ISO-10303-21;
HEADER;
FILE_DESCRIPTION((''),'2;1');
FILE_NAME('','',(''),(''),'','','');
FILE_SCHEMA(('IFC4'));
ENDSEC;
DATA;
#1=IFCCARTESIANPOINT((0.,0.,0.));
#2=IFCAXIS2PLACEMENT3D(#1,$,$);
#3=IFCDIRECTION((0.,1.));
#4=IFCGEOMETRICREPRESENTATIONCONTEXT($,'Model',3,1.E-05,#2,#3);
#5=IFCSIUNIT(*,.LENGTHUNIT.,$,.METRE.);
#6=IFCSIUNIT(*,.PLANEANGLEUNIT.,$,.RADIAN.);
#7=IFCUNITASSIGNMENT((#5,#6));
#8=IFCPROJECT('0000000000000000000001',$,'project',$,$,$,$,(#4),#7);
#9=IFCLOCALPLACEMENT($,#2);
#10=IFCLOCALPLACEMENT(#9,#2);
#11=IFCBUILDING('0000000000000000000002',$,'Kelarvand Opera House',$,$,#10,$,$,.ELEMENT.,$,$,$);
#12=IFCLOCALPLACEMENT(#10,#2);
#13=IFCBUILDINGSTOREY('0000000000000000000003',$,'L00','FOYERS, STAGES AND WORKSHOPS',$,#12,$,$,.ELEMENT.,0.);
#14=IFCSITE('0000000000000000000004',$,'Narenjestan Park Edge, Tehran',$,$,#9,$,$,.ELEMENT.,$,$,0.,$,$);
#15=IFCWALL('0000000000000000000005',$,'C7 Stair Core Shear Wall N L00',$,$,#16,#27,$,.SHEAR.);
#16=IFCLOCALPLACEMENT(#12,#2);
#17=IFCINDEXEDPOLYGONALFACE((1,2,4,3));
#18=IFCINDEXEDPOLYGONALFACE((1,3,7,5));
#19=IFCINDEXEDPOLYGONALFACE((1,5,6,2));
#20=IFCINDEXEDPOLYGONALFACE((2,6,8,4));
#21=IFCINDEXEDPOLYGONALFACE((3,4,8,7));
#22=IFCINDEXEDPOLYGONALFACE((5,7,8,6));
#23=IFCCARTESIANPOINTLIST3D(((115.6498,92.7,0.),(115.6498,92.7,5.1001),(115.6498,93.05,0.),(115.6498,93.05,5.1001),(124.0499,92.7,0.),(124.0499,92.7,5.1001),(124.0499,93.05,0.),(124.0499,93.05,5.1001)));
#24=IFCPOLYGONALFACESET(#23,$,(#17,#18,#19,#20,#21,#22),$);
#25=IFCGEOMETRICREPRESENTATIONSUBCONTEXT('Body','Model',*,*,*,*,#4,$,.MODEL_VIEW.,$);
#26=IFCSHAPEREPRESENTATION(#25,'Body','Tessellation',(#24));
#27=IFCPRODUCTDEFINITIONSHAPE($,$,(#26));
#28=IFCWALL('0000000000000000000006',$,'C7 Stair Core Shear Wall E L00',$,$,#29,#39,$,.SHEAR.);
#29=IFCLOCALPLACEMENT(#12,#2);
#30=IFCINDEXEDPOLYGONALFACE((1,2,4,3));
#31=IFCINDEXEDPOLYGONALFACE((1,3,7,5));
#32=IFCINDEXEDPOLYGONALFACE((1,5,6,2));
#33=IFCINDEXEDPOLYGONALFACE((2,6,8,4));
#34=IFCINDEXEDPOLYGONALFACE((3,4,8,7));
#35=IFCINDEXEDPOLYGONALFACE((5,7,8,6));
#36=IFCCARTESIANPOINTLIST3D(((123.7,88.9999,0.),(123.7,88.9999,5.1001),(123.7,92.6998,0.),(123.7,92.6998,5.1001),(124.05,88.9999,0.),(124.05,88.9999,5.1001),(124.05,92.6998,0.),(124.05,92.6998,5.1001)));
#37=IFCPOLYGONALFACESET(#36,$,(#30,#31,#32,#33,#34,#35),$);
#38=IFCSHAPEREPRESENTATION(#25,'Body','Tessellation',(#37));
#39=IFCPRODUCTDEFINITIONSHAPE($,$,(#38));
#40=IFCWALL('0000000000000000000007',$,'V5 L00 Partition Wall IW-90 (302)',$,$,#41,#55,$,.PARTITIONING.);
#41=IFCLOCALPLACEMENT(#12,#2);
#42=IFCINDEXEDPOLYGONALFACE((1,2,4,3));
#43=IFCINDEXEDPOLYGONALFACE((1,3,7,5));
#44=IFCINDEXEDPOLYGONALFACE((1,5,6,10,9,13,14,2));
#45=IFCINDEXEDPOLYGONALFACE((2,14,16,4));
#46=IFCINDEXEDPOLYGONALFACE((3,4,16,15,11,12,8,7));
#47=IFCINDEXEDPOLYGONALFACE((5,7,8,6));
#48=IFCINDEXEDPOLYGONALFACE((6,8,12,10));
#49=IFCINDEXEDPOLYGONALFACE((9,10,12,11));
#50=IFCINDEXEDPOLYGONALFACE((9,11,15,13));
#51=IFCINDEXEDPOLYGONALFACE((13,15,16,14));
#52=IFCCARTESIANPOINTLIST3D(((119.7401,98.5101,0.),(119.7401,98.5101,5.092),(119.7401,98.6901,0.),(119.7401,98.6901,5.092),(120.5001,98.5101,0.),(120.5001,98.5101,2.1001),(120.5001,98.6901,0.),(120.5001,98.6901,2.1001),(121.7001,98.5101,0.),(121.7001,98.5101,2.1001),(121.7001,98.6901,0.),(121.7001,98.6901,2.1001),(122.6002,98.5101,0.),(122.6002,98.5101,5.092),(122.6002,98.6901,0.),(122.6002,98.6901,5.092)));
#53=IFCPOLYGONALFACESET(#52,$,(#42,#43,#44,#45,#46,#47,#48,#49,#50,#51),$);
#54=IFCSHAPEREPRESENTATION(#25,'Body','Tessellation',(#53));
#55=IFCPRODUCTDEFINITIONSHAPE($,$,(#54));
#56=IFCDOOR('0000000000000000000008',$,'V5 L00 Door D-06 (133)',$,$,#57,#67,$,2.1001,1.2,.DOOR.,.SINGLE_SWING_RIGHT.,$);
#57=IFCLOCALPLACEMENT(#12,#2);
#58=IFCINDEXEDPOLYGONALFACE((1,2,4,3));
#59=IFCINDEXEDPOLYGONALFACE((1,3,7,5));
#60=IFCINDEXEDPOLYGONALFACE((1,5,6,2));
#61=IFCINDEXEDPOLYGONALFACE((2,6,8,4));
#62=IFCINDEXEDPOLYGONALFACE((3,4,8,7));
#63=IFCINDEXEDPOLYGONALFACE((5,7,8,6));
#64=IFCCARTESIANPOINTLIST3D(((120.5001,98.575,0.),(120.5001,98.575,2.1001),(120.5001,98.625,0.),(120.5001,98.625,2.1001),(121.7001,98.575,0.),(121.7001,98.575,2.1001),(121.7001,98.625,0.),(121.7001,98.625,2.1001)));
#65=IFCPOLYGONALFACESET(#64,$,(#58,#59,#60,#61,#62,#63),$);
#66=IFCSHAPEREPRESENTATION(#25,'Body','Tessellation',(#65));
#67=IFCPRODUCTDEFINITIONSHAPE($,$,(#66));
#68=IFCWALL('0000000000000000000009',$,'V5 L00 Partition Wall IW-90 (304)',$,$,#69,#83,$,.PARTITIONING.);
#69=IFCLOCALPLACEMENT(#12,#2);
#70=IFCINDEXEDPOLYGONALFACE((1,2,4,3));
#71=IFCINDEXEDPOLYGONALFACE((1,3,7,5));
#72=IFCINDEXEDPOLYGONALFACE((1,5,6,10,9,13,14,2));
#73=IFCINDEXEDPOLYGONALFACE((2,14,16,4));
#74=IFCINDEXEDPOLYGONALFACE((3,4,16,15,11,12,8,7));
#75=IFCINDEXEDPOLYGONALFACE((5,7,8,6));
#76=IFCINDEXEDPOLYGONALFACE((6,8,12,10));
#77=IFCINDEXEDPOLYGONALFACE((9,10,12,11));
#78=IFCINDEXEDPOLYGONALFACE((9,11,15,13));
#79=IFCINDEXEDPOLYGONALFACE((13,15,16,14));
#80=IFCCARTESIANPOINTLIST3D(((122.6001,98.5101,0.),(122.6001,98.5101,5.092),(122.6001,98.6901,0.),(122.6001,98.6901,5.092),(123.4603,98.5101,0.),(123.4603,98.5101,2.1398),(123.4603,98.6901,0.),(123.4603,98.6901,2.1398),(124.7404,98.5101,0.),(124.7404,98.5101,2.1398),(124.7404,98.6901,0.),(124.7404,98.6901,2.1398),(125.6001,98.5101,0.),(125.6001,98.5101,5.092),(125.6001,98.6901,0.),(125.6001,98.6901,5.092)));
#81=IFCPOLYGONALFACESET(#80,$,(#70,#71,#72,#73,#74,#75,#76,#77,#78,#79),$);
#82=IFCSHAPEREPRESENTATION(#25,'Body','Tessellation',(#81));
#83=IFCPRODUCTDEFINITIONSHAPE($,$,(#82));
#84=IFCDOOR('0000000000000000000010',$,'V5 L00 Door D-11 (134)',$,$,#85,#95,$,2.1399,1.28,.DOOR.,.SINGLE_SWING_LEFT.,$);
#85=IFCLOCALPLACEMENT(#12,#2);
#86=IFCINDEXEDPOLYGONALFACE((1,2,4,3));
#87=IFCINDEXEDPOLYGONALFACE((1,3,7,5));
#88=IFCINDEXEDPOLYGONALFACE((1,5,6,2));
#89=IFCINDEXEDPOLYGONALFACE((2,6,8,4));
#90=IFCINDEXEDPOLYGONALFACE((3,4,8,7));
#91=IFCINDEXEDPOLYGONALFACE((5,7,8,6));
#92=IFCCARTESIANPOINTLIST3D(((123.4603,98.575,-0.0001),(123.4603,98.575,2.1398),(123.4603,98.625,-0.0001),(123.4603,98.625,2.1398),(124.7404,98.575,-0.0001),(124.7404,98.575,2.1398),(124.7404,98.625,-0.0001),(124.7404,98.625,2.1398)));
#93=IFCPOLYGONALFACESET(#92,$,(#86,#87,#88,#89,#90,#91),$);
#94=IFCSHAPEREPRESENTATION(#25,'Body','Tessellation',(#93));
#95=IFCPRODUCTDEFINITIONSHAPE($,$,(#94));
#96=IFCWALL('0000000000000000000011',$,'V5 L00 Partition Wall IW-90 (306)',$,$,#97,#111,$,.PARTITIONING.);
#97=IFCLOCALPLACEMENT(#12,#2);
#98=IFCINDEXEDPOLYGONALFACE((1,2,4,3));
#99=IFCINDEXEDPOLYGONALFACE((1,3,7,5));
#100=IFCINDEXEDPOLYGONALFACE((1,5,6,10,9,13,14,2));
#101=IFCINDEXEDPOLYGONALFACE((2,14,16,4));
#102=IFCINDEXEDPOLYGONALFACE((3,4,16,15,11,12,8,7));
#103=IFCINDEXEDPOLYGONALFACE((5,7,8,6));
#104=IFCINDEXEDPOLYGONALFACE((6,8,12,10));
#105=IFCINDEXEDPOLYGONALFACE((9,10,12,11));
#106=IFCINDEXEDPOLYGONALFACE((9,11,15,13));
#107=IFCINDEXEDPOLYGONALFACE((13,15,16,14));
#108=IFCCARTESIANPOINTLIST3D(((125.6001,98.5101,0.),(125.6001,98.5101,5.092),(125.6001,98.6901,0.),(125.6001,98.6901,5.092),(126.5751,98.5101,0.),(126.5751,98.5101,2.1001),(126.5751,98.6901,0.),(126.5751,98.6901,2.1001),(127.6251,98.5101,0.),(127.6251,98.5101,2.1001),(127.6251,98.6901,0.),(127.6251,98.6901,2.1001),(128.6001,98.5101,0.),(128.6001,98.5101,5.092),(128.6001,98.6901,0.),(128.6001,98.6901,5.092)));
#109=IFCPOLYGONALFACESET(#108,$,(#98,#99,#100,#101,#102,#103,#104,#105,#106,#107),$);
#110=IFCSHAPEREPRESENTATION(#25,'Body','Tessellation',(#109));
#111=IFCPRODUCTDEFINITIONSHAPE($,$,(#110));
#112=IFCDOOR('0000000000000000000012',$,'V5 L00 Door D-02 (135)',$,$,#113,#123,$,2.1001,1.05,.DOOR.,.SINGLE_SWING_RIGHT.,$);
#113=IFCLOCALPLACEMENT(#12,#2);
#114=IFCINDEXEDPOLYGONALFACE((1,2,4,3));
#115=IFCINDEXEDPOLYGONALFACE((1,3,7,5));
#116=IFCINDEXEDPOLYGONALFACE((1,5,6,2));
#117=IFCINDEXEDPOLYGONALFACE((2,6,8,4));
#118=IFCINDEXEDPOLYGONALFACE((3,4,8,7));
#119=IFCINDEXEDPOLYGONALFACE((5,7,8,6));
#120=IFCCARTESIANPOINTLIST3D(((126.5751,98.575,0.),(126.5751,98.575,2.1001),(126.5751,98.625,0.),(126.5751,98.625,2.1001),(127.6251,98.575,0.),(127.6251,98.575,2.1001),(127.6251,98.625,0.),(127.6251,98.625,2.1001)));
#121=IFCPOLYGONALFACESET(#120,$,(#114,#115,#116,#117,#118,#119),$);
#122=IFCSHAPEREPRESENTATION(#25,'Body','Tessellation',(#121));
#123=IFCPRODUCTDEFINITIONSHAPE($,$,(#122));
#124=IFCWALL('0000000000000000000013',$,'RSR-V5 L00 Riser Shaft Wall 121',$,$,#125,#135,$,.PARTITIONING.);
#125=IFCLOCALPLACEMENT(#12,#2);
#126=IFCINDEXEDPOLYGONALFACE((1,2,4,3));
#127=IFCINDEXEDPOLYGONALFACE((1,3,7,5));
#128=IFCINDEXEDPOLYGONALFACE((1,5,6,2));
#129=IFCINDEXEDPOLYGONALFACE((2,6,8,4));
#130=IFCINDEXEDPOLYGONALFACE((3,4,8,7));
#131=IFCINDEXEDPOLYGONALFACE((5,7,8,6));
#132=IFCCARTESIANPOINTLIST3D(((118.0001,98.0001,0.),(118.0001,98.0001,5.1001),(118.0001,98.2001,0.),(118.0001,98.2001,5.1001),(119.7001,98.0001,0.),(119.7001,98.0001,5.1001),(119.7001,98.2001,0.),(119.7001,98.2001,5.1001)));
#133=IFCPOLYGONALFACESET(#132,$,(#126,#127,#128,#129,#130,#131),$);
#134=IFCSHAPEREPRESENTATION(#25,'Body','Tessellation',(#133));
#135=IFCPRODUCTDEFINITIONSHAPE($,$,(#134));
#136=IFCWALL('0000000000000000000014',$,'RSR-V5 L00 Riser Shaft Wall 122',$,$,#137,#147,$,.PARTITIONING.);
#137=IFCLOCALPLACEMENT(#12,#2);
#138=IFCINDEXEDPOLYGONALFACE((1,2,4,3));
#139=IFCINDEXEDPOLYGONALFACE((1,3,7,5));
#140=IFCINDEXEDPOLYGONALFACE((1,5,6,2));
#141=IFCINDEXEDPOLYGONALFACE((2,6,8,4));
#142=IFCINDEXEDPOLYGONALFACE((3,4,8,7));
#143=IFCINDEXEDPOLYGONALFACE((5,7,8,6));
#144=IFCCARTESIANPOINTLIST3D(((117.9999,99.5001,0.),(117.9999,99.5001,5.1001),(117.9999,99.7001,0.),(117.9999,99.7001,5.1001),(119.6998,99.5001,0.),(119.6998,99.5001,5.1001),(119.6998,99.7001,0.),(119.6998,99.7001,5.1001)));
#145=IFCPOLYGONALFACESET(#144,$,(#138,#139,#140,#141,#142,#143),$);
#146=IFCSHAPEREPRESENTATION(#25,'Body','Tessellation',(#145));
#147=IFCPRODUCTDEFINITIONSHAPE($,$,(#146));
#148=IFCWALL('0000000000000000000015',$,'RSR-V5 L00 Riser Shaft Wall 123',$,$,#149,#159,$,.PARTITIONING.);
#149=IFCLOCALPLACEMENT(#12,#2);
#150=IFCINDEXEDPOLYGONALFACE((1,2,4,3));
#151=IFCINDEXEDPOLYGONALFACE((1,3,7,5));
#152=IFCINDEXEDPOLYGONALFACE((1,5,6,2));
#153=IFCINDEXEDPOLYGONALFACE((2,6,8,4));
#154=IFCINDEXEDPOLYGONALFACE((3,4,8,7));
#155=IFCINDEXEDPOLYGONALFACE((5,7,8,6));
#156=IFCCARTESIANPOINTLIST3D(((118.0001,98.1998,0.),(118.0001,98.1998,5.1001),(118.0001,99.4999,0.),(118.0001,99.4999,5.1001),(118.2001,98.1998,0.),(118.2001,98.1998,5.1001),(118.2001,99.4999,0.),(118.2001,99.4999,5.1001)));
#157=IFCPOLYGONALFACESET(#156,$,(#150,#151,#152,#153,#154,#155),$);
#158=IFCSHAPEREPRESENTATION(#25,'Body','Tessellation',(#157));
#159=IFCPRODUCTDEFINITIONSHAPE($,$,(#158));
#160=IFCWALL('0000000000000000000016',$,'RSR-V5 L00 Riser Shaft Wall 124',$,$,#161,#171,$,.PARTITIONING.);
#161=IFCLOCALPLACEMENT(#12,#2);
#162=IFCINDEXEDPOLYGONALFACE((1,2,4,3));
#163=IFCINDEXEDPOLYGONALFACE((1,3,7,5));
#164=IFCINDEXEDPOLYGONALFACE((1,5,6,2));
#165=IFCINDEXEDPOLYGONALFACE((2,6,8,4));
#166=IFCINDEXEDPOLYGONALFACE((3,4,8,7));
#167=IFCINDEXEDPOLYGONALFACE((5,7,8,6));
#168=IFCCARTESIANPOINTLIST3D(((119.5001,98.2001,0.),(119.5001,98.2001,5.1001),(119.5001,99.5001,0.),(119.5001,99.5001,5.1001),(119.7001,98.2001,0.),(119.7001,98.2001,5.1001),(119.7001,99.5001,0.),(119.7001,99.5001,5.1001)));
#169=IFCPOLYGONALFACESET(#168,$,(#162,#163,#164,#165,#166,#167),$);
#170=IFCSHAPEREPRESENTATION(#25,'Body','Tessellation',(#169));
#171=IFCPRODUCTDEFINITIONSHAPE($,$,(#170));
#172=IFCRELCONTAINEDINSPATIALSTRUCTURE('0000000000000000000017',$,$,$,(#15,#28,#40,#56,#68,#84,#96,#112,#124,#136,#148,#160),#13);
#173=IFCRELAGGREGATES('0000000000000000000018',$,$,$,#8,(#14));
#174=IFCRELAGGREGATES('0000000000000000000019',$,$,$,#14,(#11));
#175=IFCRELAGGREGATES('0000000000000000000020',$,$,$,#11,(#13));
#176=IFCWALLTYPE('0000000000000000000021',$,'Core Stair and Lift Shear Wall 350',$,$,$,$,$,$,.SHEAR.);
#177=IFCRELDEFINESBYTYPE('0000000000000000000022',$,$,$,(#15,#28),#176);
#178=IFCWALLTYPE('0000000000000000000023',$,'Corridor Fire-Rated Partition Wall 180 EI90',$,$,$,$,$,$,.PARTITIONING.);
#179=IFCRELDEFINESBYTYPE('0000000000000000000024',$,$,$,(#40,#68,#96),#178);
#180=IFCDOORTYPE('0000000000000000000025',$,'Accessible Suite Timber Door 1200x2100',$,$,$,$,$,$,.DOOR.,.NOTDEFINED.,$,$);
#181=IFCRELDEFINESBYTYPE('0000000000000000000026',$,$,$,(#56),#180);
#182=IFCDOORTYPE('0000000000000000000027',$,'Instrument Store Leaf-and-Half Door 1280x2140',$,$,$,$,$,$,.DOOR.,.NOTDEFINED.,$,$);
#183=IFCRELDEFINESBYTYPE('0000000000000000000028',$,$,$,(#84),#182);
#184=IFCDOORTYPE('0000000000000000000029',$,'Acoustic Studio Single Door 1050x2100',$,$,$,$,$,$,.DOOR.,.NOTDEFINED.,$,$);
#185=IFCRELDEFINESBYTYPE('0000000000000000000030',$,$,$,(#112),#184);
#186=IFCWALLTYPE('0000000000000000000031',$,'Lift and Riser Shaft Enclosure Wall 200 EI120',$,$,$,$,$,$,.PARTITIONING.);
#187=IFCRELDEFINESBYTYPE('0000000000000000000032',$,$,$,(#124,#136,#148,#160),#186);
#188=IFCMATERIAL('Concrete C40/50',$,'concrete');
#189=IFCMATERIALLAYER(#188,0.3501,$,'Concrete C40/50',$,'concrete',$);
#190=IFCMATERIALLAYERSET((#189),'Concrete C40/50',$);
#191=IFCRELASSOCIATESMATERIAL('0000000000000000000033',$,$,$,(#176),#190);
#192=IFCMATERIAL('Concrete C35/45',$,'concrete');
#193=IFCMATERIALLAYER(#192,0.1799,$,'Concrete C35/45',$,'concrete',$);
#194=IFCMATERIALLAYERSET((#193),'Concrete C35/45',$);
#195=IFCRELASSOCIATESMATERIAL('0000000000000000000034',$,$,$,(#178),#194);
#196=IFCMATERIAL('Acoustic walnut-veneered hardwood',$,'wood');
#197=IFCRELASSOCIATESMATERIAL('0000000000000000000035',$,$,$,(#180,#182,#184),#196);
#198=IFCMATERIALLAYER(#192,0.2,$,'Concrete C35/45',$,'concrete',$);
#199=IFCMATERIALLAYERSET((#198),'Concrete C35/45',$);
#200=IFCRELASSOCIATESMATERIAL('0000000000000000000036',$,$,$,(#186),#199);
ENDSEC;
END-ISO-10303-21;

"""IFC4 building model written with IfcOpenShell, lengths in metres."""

from ifc_helpers import new_model, si_unit, direction, frame, frame_2d, origin, place, context, subcontext, project, spatial, rectangle, extrude, material, layer, layer_set, type_object, element, fill, save


model = new_model("IFC4")

# Units and contexts
model_context = context("Model", 3, precision=1e-05, world=origin(), true_north=direction((0.0, 1.0)))
body_context = subcontext(model_context, "Body", "Model", "MODEL_VIEW")
ifc_project = project(units=[si_unit("LENGTHUNIT", "METRE"), si_unit("PLANEANGLEUNIT", "RADIAN")], contexts=[model_context])

# Site, building, storey
site_placement = place(None, origin())
site = spatial("IfcSite", under=ifc_project, at=site_placement, Name="Narenjestan Park Edge, Tehran", CompositionType="ELEMENT", RefElevation=0.0)
building_placement = place(site_placement, origin())
building = spatial("IfcBuilding", under=site, at=building_placement, Name="Kelarvand Opera House", CompositionType="ELEMENT")
storey_placement = place(building_placement, origin())
storey = spatial("IfcBuildingStorey", under=building, at=storey_placement, Name="L00", Description="FOYERS, STAGES AND WORKSHOPS", CompositionType="ELEMENT", Elevation=0.0)

# Shared definitions
ifc_material_1 = material(Name="Concrete C40/50", Category="concrete")

# Walls
ifc_layer_1 = layer(ifc_material_1, 0.3501, Name="Concrete C40/50", Category="concrete")
ifc_layer_set_1 = layer_set([ifc_layer_1], Name="Concrete C40/50")
wall_type_1 = type_object("IfcWallType", Name="Core Stair and Lift Shear Wall 350", PredefinedType="SHEAR", material=ifc_layer_set_1)
wall_1_placement = place(storey_placement, frame((124.05, 92.875, 0.0), z_axis=(0.0, 0.0, 1.0), x_axis=(-1.0, 0.0, 0.0)))
element("IfcWall", 1, at=wall_1_placement, inside=storey, type_object=wall_type_1, Name="C7 Stair Core Shear Wall N L00", PredefinedType="SHEAR", context=body_context, shape_type="SweptSolid", body=[
    extrude(rectangle(XDim=8.4001, YDim=0.3501, at=frame_2d((4.2002, 0.0))), origin(), (0.0, 0.0, 1.0), 5.1001),
])
wall_2_placement = place(storey_placement, frame((123.875, 92.7, 0.0), z_axis=(0.0, 0.0, 1.0), x_axis=(0.0, -1.0, 0.0)))
element("IfcWall", 2, at=wall_2_placement, inside=storey, type_object=wall_type_1, Name="C7 Stair Core Shear Wall E L00", PredefinedType="SHEAR", context=body_context, shape_type="SweptSolid", body=[
    extrude(rectangle(XDim=3.7, YDim=0.3501, at=frame_2d((1.8501, 0.0))), origin(), (0.0, 0.0, 1.0), 5.1001),
])

# Walls, openings, doors
ifc_material_2 = material(Name="Concrete C35/45", Category="concrete")
ifc_layer_2 = layer(ifc_material_2, 0.1799, Name="Concrete C35/45", Category="concrete")
ifc_layer_set_2 = layer_set([ifc_layer_2], Name="Concrete C35/45")
wall_type_2 = type_object("IfcWallType", Name="Corridor Fire-Rated Partition Wall 180 EI90", PredefinedType="PARTITIONING", material=ifc_layer_set_2)
wall_3_placement = place(storey_placement, frame((119.74, 98.6001, 0.0), z_axis=(0.0, 0.0, 1.0), x_axis=(1.0, 0.0, 0.0)))
wall_3 = element("IfcWall", 3, at=wall_3_placement, inside=storey, type_object=wall_type_2, Name="V5 L00 Partition Wall IW-90 (302)", PredefinedType="PARTITIONING", context=body_context, shape_type="SweptSolid", body=[
    extrude(rectangle(XDim=2.8601, YDim=0.1799, at=frame_2d((1.4302, 0.0))), origin(), (0.0, 0.0, 1.0), 5.092),
])
opening_1_placement = place(wall_3_placement, frame((0.76, 0.0, 0.0)))
opening_1 = element("IfcOpeningElement", 4, at=opening_1_placement, cuts=wall_3, PredefinedType="OPENING", context=body_context, shape_type="SweptSolid", body=[
    extrude(rectangle(XDim=1.2, YDim=2.1001, at=frame_2d((0.6001, 1.05))), frame((0.0, 0.1001, 0.0), z_axis=(0.0, -1.0, 0.0), x_axis=(1.0, 0.0, 0.0)), (0.0, 0.0, 1.0), 0.2),
])
ifc_material_3 = material(Name="Acoustic walnut-veneered hardwood", Category="wood")
door_type_1 = type_object("IfcDoorType", Name="Accessible Suite Timber Door 1200x2100", OperationType="NOTDEFINED", PredefinedType="DOOR", material=ifc_material_3)
door_1_placement = place(opening_1_placement, origin())
door_1 = element("IfcDoor", 5, at=door_1_placement, inside=storey, type_object=door_type_1, Name="V5 L00 Door D-06 (133)", OperationType="SINGLE_SWING_RIGHT", OverallHeight=2.1001, OverallWidth=1.2, PredefinedType="DOOR", context=body_context, shape_type="SweptSolid", body=[
    extrude(rectangle(XDim=1.2, YDim=2.1001, at=frame_2d((0.6001, 1.05))), frame((0.0, 0.0249, 0.0), z_axis=(0.0, -1.0, 0.0), x_axis=(1.0, 0.0, 0.0)), (0.0, 0.0, 1.0), 0.05),
])
fill(opening_1, door_1)
wall_4_placement = place(storey_placement, frame((122.6001, 98.6001, 0.0), z_axis=(0.0, 0.0, 1.0), x_axis=(1.0, 0.0, 0.0)))
wall_4 = element("IfcWall", 6, at=wall_4_placement, inside=storey, type_object=wall_type_2, Name="V5 L00 Partition Wall IW-90 (304)", PredefinedType="PARTITIONING", context=body_context, shape_type="SweptSolid", body=[
    extrude(rectangle(XDim=3.0, YDim=0.1799, at=frame_2d((1.5, 0.0))), origin(), (0.0, 0.0, 1.0), 5.092),
])
opening_2_placement = place(wall_4_placement, frame((0.8601, 0.0, 0.0)))
opening_2 = element("IfcOpeningElement", 7, at=opening_2_placement, cuts=wall_4, PredefinedType="OPENING", context=body_context, shape_type="SweptSolid", body=[
    extrude(rectangle(XDim=1.28, YDim=2.1399, at=frame_2d((0.6401, 1.0698))), frame((0.0, 0.1001, 0.0), z_axis=(0.0, -1.0, 0.0), x_axis=(1.0, 0.0, 0.0)), (0.0, 0.0, 1.0), 0.2),
])
door_type_2 = type_object("IfcDoorType", Name="Instrument Store Leaf-and-Half Door 1280x2140", OperationType="NOTDEFINED", PredefinedType="DOOR", material=ifc_material_3)
door_2_placement = place(opening_2_placement, origin())
door_2 = element("IfcDoor", 8, at=door_2_placement, inside=storey, type_object=door_type_2, Name="V5 L00 Door D-11 (134)", OperationType="SINGLE_SWING_LEFT", OverallHeight=2.1399, OverallWidth=1.28, PredefinedType="DOOR", context=body_context, shape_type="SweptSolid", body=[
    extrude(rectangle(XDim=1.28, YDim=2.1399, at=frame_2d((0.6401, 1.0698))), frame((0.0, 0.0249, 0.0), z_axis=(0.0, -1.0, 0.0), x_axis=(1.0, 0.0, 0.0)), (0.0, 0.0, 1.0), 0.05),
])
fill(opening_2, door_2)
wall_5_placement = place(storey_placement, frame((125.6001, 98.6001, 0.0), z_axis=(0.0, 0.0, 1.0), x_axis=(1.0, 0.0, 0.0)))
wall_5 = element("IfcWall", 9, at=wall_5_placement, inside=storey, type_object=wall_type_2, Name="V5 L00 Partition Wall IW-90 (306)", PredefinedType="PARTITIONING", context=body_context, shape_type="SweptSolid", body=[
    extrude(rectangle(XDim=3.0, YDim=0.1799, at=frame_2d((1.5, 0.0))), origin(), (0.0, 0.0, 1.0), 5.092),
])
opening_3_placement = place(wall_5_placement, frame((0.9751, 0.0, 0.0)))
opening_3 = element("IfcOpeningElement", 10, at=opening_3_placement, cuts=wall_5, PredefinedType="OPENING", context=body_context, shape_type="SweptSolid", body=[
    extrude(rectangle(XDim=1.05, YDim=2.1001, at=frame_2d((0.5249, 1.05))), frame((0.0, 0.1001, 0.0), z_axis=(0.0, -1.0, 0.0), x_axis=(1.0, 0.0, 0.0)), (0.0, 0.0, 1.0), 0.2),
])
door_type_3 = type_object("IfcDoorType", Name="Acoustic Studio Single Door 1050x2100", OperationType="NOTDEFINED", PredefinedType="DOOR", material=ifc_material_3)
door_3_placement = place(opening_3_placement, origin())
door_3 = element("IfcDoor", 11, at=door_3_placement, inside=storey, type_object=door_type_3, Name="V5 L00 Door D-02 (135)", OperationType="SINGLE_SWING_RIGHT", OverallHeight=2.1001, OverallWidth=1.05, PredefinedType="DOOR", context=body_context, shape_type="SweptSolid", body=[
    extrude(rectangle(XDim=1.05, YDim=2.1001, at=frame_2d((0.5249, 1.05))), frame((0.0, 0.0249, 0.0), z_axis=(0.0, -1.0, 0.0), x_axis=(1.0, 0.0, 0.0)), (0.0, 0.0, 1.0), 0.05),
])
fill(opening_3, door_3)

# Walls
ifc_layer_3 = layer(ifc_material_2, 0.2, Name="Concrete C35/45", Category="concrete")
ifc_layer_set_3 = layer_set([ifc_layer_3], Name="Concrete C35/45")
wall_type_3 = type_object("IfcWallType", Name="Lift and Riser Shaft Enclosure Wall 200 EI120", PredefinedType="PARTITIONING", material=ifc_layer_set_3)
for number, where, z_axis, x_axis, name in (
    (12, (118.0, 98.1001, 0.0), (0.0, 0.0, 1.0), (1.0, 0.0, 0.0), "RSR-V5 L00 Riser Shaft Wall 121"),
    (13, (119.7, 99.6001, 0.0), (0.0, 0.0, 1.0), (-1.0, 0.0, 0.0), "RSR-V5 L00 Riser Shaft Wall 122"),
):
    element("IfcWall", number, at=place(storey_placement, frame(where, z_axis=z_axis, x_axis=x_axis)), inside=storey, type_object=wall_type_3, Name=name, PredefinedType="PARTITIONING", context=body_context, shape_type="SweptSolid", body=[
        extrude(rectangle(XDim=1.7, YDim=0.2, at=frame_2d((0.8501, 0.0))), origin(), (0.0, 0.0, 1.0), 5.1001),
    ])
for number, where, z_axis, x_axis, name in (
    (14, (118.1001, 98.2, 0.0), (0.0, 0.0, 1.0), (0.0, 1.0, 0.0), "RSR-V5 L00 Riser Shaft Wall 123"),
    (15, (119.6001, 99.5, 0.0), (0.0, 0.0, 1.0), (0.0, -1.0, 0.0), "RSR-V5 L00 Riser Shaft Wall 124"),
):
    element("IfcWall", number, at=place(storey_placement, frame(where, z_axis=z_axis, x_axis=x_axis)), inside=storey, type_object=wall_type_3, Name=name, PredefinedType="PARTITIONING", context=body_context, shape_type="SweptSolid", body=[
        extrude(rectangle(XDim=1.3, YDim=0.2, at=frame_2d((0.6499, 0.0))), origin(), (0.0, 0.0, 1.0), 5.1001),
    ])

save(model, "model.ifc")
